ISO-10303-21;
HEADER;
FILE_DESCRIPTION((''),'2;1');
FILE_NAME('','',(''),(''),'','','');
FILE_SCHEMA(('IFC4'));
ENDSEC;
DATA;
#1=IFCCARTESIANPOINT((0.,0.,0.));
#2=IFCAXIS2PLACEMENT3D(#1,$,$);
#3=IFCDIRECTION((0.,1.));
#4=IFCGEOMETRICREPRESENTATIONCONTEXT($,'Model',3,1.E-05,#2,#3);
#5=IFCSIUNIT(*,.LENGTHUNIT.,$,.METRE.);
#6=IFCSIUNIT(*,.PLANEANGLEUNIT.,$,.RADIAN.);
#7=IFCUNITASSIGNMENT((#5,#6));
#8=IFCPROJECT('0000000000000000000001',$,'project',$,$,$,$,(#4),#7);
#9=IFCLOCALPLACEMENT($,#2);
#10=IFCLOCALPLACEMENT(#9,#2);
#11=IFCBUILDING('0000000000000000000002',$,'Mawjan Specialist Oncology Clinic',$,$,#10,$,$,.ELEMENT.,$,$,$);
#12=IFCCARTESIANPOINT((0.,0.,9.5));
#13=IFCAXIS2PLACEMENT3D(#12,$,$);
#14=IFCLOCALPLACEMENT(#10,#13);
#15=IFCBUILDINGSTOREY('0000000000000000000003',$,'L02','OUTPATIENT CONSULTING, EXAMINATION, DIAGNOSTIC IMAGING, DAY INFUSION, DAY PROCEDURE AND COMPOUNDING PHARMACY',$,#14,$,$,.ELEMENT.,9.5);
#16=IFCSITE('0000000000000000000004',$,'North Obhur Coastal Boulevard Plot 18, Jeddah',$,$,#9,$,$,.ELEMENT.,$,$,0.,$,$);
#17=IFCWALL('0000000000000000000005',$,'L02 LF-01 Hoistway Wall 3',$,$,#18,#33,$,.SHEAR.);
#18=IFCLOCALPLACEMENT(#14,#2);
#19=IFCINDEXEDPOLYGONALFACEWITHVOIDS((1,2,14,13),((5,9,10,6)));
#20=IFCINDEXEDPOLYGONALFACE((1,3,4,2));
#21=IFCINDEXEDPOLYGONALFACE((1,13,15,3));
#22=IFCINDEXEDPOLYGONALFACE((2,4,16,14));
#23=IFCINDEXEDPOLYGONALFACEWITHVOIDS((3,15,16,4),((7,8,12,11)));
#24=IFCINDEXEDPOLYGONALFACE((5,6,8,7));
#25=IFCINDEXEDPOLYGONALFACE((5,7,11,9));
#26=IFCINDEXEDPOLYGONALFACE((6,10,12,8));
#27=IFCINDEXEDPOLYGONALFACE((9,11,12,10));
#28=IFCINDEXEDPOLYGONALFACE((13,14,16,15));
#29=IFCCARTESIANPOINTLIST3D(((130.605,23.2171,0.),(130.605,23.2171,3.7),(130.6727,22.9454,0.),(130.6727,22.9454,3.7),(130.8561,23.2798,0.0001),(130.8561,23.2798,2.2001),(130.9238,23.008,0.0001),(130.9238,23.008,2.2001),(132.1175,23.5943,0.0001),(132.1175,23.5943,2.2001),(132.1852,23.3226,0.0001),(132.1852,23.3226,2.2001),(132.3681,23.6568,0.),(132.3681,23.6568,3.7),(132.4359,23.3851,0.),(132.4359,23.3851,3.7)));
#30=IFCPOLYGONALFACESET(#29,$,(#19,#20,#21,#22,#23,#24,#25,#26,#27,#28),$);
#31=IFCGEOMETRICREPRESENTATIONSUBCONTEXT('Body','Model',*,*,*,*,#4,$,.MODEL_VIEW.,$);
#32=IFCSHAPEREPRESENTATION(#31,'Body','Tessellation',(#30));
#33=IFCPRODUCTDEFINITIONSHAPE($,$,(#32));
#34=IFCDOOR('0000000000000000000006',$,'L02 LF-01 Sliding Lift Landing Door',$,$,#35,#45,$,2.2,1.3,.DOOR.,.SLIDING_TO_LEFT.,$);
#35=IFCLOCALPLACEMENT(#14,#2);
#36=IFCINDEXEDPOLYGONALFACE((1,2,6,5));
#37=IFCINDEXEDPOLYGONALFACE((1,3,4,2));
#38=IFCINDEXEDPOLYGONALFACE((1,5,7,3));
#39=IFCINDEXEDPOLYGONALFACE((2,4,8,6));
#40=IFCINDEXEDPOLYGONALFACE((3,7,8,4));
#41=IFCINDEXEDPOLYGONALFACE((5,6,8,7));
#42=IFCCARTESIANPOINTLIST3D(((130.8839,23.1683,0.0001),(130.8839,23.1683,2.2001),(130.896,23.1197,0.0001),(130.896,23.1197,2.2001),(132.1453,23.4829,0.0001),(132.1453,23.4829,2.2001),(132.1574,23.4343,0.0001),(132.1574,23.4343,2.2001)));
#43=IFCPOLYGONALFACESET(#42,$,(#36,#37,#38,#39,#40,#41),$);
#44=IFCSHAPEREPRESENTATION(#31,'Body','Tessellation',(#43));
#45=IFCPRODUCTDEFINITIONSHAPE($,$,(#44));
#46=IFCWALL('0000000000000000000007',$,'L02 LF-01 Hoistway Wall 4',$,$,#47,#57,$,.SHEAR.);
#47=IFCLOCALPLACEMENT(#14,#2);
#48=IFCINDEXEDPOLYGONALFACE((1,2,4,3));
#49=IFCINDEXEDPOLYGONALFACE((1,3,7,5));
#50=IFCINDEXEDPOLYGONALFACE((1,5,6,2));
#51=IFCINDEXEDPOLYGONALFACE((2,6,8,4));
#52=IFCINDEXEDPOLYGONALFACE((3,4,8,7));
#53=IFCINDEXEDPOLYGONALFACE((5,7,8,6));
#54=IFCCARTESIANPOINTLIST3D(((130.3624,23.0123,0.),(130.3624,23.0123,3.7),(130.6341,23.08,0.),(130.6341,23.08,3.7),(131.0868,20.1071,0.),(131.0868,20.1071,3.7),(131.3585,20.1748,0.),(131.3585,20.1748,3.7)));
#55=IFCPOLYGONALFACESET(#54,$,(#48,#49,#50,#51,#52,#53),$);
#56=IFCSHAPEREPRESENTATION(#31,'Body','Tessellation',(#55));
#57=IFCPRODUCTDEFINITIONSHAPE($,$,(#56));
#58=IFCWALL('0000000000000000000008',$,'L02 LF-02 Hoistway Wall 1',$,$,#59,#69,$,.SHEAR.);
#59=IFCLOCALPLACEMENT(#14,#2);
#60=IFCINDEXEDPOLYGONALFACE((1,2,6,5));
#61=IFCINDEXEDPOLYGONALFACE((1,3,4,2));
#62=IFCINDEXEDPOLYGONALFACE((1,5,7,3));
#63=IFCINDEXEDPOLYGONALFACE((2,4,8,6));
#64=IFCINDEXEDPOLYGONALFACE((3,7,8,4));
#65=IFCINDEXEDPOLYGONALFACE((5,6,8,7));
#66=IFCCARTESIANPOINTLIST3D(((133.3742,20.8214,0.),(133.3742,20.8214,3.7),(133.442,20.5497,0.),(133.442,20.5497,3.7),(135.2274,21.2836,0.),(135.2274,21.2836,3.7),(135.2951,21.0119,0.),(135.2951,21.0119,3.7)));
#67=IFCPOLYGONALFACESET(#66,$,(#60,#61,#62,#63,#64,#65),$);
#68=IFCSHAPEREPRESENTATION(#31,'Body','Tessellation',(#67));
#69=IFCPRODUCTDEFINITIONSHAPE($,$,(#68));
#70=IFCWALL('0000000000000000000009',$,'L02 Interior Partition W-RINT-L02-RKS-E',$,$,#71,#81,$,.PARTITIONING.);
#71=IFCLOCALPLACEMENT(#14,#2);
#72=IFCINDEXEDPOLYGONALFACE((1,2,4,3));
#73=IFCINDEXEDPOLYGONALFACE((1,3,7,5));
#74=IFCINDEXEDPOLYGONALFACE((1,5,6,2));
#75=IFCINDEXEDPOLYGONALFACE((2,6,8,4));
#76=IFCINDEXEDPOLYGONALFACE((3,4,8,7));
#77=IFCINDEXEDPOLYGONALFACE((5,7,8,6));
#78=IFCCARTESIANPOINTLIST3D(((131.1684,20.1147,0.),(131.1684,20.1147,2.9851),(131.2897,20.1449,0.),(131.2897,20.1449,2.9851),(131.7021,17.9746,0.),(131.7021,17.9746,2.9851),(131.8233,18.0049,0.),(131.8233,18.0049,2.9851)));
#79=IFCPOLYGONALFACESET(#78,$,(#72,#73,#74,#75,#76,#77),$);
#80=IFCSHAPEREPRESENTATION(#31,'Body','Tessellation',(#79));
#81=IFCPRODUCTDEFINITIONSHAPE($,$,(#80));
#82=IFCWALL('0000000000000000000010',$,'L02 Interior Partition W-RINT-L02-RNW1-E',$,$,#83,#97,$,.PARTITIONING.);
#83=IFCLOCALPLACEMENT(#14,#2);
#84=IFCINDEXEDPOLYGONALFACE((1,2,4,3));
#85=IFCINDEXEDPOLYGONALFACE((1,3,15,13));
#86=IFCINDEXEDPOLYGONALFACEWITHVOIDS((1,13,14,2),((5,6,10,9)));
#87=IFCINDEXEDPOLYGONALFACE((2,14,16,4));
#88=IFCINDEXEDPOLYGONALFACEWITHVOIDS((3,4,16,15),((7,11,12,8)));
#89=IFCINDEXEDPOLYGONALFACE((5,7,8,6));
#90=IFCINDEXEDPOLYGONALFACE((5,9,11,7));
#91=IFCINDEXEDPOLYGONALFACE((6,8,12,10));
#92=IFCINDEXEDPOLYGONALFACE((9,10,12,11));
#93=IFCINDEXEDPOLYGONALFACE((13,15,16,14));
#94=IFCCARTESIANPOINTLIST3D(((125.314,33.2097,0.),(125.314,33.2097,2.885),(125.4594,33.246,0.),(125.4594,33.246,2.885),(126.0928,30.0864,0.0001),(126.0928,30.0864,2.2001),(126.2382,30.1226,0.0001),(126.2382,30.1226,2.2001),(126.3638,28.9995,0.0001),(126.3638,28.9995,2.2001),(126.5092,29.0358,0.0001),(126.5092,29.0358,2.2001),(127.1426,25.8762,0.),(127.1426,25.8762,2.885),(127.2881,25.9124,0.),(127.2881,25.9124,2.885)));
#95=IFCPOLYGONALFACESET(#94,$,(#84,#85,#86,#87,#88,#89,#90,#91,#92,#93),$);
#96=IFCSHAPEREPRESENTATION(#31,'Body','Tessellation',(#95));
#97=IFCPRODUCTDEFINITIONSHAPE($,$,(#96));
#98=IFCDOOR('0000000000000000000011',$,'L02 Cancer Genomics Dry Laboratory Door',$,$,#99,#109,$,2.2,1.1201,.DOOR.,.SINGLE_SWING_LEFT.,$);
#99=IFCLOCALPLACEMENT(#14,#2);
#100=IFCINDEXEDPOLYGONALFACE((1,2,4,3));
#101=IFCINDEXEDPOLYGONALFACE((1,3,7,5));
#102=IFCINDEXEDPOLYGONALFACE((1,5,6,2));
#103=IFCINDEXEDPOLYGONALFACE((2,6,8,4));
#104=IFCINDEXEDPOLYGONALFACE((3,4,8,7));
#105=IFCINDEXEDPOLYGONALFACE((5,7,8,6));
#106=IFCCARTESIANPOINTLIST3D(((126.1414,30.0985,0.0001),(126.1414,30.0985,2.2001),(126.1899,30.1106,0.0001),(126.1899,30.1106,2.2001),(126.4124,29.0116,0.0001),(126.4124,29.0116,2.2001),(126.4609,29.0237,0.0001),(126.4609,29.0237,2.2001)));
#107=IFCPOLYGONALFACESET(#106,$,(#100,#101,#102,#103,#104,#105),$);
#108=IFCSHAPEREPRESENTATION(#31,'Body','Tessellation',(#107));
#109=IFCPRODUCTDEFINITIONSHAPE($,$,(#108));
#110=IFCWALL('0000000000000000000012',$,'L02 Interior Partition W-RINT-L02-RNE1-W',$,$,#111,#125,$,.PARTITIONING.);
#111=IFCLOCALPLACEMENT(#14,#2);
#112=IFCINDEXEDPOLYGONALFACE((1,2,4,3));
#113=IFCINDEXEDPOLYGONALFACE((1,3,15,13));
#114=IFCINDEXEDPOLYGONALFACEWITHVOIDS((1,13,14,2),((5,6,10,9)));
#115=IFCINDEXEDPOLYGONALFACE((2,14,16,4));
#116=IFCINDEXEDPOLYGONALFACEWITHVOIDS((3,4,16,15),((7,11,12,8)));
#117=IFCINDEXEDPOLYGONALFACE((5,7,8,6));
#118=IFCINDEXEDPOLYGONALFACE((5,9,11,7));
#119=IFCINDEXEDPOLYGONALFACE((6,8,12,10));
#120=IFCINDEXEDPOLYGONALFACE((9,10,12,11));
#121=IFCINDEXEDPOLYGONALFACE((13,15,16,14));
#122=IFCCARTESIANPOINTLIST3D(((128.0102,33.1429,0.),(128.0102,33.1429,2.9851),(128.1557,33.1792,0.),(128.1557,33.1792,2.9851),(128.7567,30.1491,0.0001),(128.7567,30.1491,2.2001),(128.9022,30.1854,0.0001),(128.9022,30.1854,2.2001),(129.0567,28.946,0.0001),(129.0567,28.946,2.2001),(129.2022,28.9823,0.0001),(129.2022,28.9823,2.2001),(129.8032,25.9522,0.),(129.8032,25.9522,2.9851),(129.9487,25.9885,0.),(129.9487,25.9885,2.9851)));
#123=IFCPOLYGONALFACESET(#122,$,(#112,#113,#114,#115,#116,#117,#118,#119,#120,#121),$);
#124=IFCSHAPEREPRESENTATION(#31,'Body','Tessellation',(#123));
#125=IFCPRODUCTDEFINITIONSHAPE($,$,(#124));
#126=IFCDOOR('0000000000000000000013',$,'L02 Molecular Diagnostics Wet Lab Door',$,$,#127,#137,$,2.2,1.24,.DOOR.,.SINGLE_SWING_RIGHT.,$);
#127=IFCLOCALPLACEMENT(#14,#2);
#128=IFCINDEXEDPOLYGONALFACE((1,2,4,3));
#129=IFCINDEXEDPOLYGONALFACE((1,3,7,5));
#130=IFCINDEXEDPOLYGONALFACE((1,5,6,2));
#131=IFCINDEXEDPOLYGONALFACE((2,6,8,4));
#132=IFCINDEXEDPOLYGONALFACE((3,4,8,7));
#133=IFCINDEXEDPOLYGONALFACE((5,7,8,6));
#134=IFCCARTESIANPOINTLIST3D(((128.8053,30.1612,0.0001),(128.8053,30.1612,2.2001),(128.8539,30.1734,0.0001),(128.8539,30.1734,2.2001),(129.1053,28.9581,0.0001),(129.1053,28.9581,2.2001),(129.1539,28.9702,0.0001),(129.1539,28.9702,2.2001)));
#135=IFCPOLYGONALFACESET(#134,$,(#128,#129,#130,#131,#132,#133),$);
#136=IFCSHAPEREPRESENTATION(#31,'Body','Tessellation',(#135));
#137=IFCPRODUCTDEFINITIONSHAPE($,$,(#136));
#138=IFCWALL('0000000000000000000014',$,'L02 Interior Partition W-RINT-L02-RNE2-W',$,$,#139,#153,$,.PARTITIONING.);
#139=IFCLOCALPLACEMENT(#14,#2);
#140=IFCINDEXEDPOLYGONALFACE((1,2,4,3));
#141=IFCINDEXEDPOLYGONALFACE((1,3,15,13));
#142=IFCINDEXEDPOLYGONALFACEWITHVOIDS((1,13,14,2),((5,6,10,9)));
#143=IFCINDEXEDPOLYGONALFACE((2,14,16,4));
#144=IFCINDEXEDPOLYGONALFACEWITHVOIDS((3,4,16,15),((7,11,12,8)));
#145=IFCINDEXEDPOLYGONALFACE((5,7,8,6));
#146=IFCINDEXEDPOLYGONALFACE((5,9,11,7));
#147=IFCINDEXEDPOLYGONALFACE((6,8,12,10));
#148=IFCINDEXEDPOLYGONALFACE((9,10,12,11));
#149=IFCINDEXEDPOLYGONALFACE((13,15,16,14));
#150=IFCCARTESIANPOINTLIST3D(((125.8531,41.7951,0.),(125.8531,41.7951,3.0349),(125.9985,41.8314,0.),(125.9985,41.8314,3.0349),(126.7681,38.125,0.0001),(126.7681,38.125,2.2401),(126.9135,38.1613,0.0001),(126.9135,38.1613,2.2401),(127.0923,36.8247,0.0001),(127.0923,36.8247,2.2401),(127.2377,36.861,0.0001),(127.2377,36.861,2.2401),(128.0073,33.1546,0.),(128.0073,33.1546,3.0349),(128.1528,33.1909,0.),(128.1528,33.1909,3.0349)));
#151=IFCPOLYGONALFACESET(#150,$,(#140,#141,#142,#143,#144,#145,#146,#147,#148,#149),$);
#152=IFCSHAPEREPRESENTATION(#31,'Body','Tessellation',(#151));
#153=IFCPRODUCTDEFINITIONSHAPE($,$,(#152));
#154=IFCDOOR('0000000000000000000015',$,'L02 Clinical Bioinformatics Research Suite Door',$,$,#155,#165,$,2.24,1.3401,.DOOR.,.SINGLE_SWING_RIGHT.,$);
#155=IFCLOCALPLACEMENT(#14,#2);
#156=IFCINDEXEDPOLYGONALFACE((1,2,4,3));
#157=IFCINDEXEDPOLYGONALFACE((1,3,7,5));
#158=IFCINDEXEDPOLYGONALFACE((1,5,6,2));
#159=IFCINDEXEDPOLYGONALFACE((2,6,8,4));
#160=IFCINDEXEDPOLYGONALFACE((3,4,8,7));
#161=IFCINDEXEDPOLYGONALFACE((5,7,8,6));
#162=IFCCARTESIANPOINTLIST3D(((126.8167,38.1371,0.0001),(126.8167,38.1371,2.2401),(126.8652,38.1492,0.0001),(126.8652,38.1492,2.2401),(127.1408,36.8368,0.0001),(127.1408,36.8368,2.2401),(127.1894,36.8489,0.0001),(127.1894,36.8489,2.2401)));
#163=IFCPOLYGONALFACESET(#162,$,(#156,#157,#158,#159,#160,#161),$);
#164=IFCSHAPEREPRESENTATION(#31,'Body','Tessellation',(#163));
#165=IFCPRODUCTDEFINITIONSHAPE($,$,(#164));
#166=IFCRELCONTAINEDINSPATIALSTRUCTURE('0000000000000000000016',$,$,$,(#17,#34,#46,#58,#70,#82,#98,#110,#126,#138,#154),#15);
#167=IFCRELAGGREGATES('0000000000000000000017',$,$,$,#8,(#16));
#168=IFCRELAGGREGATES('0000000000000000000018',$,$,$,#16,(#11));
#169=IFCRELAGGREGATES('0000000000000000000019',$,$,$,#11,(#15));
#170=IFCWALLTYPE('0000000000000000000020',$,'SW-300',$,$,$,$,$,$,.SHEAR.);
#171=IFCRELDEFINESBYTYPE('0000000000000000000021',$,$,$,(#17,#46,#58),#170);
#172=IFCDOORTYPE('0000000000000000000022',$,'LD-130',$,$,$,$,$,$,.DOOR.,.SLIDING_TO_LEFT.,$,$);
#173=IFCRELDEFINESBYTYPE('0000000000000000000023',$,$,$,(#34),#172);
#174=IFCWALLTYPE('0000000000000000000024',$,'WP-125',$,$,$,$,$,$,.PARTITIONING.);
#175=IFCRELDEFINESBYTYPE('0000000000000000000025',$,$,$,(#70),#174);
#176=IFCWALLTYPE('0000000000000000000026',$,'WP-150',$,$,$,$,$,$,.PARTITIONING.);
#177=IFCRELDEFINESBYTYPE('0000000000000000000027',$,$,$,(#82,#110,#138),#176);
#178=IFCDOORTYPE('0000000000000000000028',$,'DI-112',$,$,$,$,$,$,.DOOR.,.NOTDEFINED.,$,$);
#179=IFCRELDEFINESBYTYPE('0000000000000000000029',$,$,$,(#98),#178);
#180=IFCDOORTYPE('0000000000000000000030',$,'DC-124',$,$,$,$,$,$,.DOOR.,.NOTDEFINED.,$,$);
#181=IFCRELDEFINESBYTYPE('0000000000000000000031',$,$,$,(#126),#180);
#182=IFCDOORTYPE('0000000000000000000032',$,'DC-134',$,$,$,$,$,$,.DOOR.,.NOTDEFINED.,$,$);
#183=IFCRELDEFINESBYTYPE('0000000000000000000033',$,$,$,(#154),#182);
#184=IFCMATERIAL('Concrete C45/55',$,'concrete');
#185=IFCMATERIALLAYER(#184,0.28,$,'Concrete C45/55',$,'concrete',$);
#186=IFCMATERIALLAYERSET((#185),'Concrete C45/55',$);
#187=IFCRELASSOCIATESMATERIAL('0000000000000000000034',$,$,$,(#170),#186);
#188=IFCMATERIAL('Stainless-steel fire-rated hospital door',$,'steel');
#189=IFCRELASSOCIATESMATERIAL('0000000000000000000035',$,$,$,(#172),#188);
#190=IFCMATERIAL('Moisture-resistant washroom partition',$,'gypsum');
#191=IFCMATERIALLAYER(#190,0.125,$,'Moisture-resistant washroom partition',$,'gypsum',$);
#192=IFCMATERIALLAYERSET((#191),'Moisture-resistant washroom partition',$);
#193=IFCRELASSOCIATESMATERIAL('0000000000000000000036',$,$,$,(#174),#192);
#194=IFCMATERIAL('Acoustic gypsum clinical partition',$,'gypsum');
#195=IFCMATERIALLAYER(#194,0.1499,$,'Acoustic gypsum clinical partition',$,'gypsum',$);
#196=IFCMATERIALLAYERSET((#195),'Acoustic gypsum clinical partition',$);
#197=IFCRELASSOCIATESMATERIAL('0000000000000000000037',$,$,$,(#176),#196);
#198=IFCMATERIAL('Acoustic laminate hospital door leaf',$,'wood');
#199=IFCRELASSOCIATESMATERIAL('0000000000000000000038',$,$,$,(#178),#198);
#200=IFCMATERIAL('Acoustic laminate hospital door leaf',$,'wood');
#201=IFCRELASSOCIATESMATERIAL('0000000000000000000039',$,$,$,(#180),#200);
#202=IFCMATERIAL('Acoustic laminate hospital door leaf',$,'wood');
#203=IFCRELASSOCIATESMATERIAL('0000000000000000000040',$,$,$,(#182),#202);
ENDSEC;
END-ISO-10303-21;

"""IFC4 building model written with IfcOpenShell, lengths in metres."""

from ifc_helpers import new_model, si_unit, direction, frame, frame_2d, origin, place, context, subcontext, project, spatial, rectangle, extrude, material, layer, layer_set, type_object, element, fill, save


model = new_model("IFC4")

# Units and contexts
model_context = context("Model", 3, precision=1e-05, world=origin(), true_north=direction((0.0, 1.0)))
body_context = subcontext(model_context, "Body", "Model", "MODEL_VIEW")
ifc_project = project(units=[si_unit("LENGTHUNIT", "METRE"), si_unit("PLANEANGLEUNIT", "RADIAN")], contexts=[model_context])

# Site, building, storey
site_placement = place(None, origin())
site = spatial("IfcSite", under=ifc_project, at=site_placement, Name="North Obhur Coastal Boulevard Plot 18, Jeddah", CompositionType="ELEMENT", RefElevation=0.0)
building_placement = place(site_placement, origin())
building = spatial("IfcBuilding", under=site, at=building_placement, Name="Mawjan Specialist Oncology Clinic", CompositionType="ELEMENT")
storey_placement = place(building_placement, frame((0.0, 0.0, 9.5)))
storey = spatial("IfcBuildingStorey", under=building, at=storey_placement, Name="L02", Description="OUTPATIENT CONSULTING, EXAMINATION, DIAGNOSTIC IMAGING, DAY INFUSION, DAY PROCEDURE AND COMPOUNDING PHARMACY", CompositionType="ELEMENT", Elevation=9.5)

# Shared definitions
ifc_material_1 = material(Name="Concrete C45/55", Category="concrete")
ifc_layer_1 = layer(ifc_material_1, 0.28, Name="Concrete C45/55", Category="concrete")
ifc_layer_set_1 = layer_set([ifc_layer_1], Name="Concrete C45/55")
wall_type_1 = type_object("IfcWallType", Name="SW-300", PredefinedType="SHEAR", material=ifc_layer_set_1)

# Wall, opening, door
wall_1_placement = place(storey_placement, frame((132.4021, 23.521, 0.0), z_axis=(0.0, 0.0, 1.0), x_axis=(-0.970285, -0.241967, 0.0)))
wall_1 = element("IfcWall", 1, at=wall_1_placement, inside=storey, type_object=wall_type_1, Name="L02 LF-01 Hoistway Wall 3", PredefinedType="SHEAR", context=body_context, shape_type="SweptSolid", body=[
    extrude(rectangle(XDim=1.8171, YDim=0.28, at=frame_2d((0.9087, 0.0))), origin(), (0.0, 0.0, 1.0), 3.7),
])
opening_1_placement = place(wall_1_placement, frame((0.2585, 0.0, 0.0)))
opening_1 = element("IfcOpeningElement", 2, at=opening_1_placement, cuts=wall_1, PredefinedType="OPENING", context=body_context, shape_type="SweptSolid", body=[
    extrude(rectangle(XDim=1.3, YDim=2.2, at=frame_2d((0.6499, 1.1001))), frame((0.0, 0.1521, 0.0), z_axis=(0.0, -1.0, 0.0), x_axis=(1.0, 0.0, 0.0)), (0.0, 0.0, 1.0), 0.304),
])
ifc_material_2 = material(Name="Stainless-steel fire-rated hospital door", Category="steel")
door_type_1 = type_object("IfcDoorType", Name="LD-130", OperationType="SLIDING_TO_LEFT", PredefinedType="DOOR", material=ifc_material_2)
door_1_placement = place(opening_1_placement, origin())
door_1 = element("IfcDoor", 3, at=door_1_placement, inside=storey, type_object=door_type_1, Name="L02 LF-01 Sliding Lift Landing Door", OperationType="SLIDING_TO_LEFT", OverallHeight=2.2, OverallWidth=1.3, PredefinedType="DOOR", context=body_context, shape_type="SweptSolid", body=[
    extrude(rectangle(XDim=1.3, YDim=2.2, at=frame_2d((0.6499, 1.1001))), frame((0.0, 0.0249, 0.0), z_axis=(0.0, -1.0, 0.0), x_axis=(1.0, 0.0, 0.0)), (0.0, 0.0, 1.0), 0.05),
])
fill(opening_1, door_1)

# Walls
wall_2_placement = place(storey_placement, frame((130.4983, 23.0461, 0.0), z_axis=(0.0, 0.0, 1.0), x_axis=(0.241922, -0.970296, 0.0)))
element("IfcWall", 4, at=wall_2_placement, inside=storey, type_object=wall_type_1, Name="L02 LF-01 Hoistway Wall 4", PredefinedType="SHEAR", context=body_context, shape_type="SweptSolid", body=[
    extrude(rectangle(XDim=2.9941, YDim=0.28, at=frame_2d((1.4971, 0.0))), origin(), (0.0, 0.0, 1.0), 3.7),
])
wall_3_placement = place(storey_placement, frame((133.408, 20.6855, 0.0), z_axis=(0.0, 0.0, 1.0), x_axis=(0.970285, 0.241964, 0.0)))
element("IfcWall", 5, at=wall_3_placement, inside=storey, type_object=wall_type_1, Name="L02 LF-02 Hoistway Wall 1", PredefinedType="SHEAR", context=body_context, shape_type="SweptSolid", body=[
    extrude(rectangle(XDim=1.9099, YDim=0.28, at=frame_2d((0.9551, 0.0))), origin(), (0.0, 0.0, 1.0), 3.7),
])
ifc_material_3 = material(Name="Moisture-resistant washroom partition", Category="gypsum")
ifc_layer_2 = layer(ifc_material_3, 0.125, Name="Moisture-resistant washroom partition", Category="gypsum")
ifc_layer_set_2 = layer_set([ifc_layer_2], Name="Moisture-resistant washroom partition")
wall_type_2 = type_object("IfcWallType", Name="WP-125", PredefinedType="PARTITIONING", material=ifc_layer_set_2)
wall_4_placement = place(storey_placement, frame((131.7627, 17.9897, 0.0), z_axis=(0.0, 0.0, 1.0), x_axis=(-0.241963, 0.970286, 0.0)))
element("IfcWall", 6, at=wall_4_placement, inside=storey, type_object=wall_type_2, Name="L02 Interior Partition W-RINT-L02-RKS-E", PredefinedType="PARTITIONING", context=body_context, shape_type="SweptSolid", body=[
    extrude(rectangle(XDim=2.2056, YDim=0.125, at=frame_2d((1.1028, 0.0))), origin(), (0.0, 0.0, 1.0), 2.9851),
])

# Walls, openings, doors
ifc_material_4 = material(Name="Acoustic gypsum clinical partition", Category="gypsum")
ifc_layer_3 = layer(ifc_material_4, 0.1499, Name="Acoustic gypsum clinical partition", Category="gypsum")
ifc_layer_set_3 = layer_set([ifc_layer_3], Name="Acoustic gypsum clinical partition")
wall_type_3 = type_object("IfcWallType", Name="WP-150", PredefinedType="PARTITIONING", material=ifc_layer_set_3)
wall_5_placement = place(storey_placement, frame((127.2153, 25.8943, 0.0), z_axis=(0.0, 0.0, 1.0), x_axis=(-0.241943, 0.970291, 0.0)))
wall_5 = element("IfcWall", 7, at=wall_5_placement, inside=storey, type_object=wall_type_3, Name="L02 Interior Partition W-RINT-L02-RNW1-E", PredefinedType="PARTITIONING", context=body_context, shape_type="SweptSolid", body=[
    extrude(rectangle(XDim=7.5581, YDim=0.1499, at=frame_2d((3.7791, 0.0))), origin(), (0.0, 0.0, 1.0), 2.885),
])
opening_2_placement = place(wall_5_placement, frame((3.219, 0.0, 0.0)))
opening_2 = element("IfcOpeningElement", 8, at=opening_2_placement, cuts=wall_5, PredefinedType="OPENING", context=body_context, shape_type="SweptSolid", body=[
    extrude(rectangle(XDim=1.1201, YDim=2.2, at=frame_2d((0.5601, 1.1001))), frame((0.0, 0.0869, 0.0), z_axis=(0.0, -1.0, 0.0), x_axis=(1.0, 0.0, 0.0)), (0.0, 0.0, 1.0), 0.1738),
])
ifc_material_5 = material(Name="Acoustic laminate hospital door leaf", Category="wood")
door_type_2 = type_object("IfcDoorType", Name="DI-112", OperationType="NOTDEFINED", PredefinedType="DOOR", material=ifc_material_5)
door_2_placement = place(opening_2_placement, origin())
door_2 = element("IfcDoor", 9, at=door_2_placement, inside=storey, type_object=door_type_2, Name="L02 Cancer Genomics Dry Laboratory Door", OperationType="SINGLE_SWING_LEFT", OverallHeight=2.2, OverallWidth=1.1201, PredefinedType="DOOR", context=body_context, shape_type="SweptSolid", body=[
    extrude(rectangle(XDim=1.1201, YDim=2.2, at=frame_2d((0.5601, 1.1001))), frame((0.0, 0.0249, 0.0), z_axis=(0.0, -1.0, 0.0), x_axis=(1.0, 0.0, 0.0)), (0.0, 0.0, 1.0), 0.05),
])
fill(opening_2, door_2)
wall_6_placement = place(storey_placement, frame((129.876, 25.9702, 0.0), z_axis=(0.0, 0.0, 1.0), x_axis=(-0.241939, 0.970292, 0.0)))
wall_6 = element("IfcWall", 10, at=wall_6_placement, inside=storey, type_object=wall_type_3, Name="L02 Interior Partition W-RINT-L02-RNE1-W", PredefinedType="PARTITIONING", context=body_context, shape_type="SweptSolid", body=[
    extrude(rectangle(XDim=7.4109, YDim=0.1499, at=frame_2d((3.7056, 0.0))), origin(), (0.0, 0.0, 1.0), 2.9851),
])
opening_3_placement = place(wall_6_placement, frame((3.0854, 0.0, 0.0)))
opening_3 = element("IfcOpeningElement", 11, at=opening_3_placement, cuts=wall_6, PredefinedType="OPENING", context=body_context, shape_type="SweptSolid", body=[
    extrude(rectangle(XDim=1.24, YDim=2.2, at=frame_2d((0.6201, 1.1001))), frame((0.0, 0.0869, 0.0), z_axis=(0.0, -1.0, 0.0), x_axis=(1.0, 0.0, 0.0)), (0.0, 0.0, 1.0), 0.1738),
])
ifc_material_6 = material(Name="Acoustic laminate hospital door leaf", Category="wood")
door_type_3 = type_object("IfcDoorType", Name="DC-124", OperationType="NOTDEFINED", PredefinedType="DOOR", material=ifc_material_6)
door_3_placement = place(opening_3_placement, origin())
door_3 = element("IfcDoor", 12, at=door_3_placement, inside=storey, type_object=door_type_3, Name="L02 Molecular Diagnostics Wet Lab Door", OperationType="SINGLE_SWING_RIGHT", OverallHeight=2.2, OverallWidth=1.24, PredefinedType="DOOR", context=body_context, shape_type="SweptSolid", body=[
    extrude(rectangle(XDim=1.24, YDim=2.2, at=frame_2d((0.6201, 1.1001))), frame((0.0, 0.0249, 0.0), z_axis=(0.0, -1.0, 0.0), x_axis=(1.0, 0.0, 0.0)), (0.0, 0.0, 1.0), 0.05),
])
fill(opening_3, door_3)
wall_7_placement = place(storey_placement, frame((128.0801, 33.1726, 0.0), z_axis=(0.0, 0.0, 1.0), x_axis=(-0.241916, 0.970297, 0.0)))
wall_7 = element("IfcWall", 13, at=wall_7_placement, inside=storey, type_object=wall_type_3, Name="L02 Interior Partition W-RINT-L02-RNE2-W", PredefinedType="PARTITIONING", context=body_context, shape_type="SweptSolid", body=[
    extrude(rectangle(XDim=8.905, YDim=0.1499, at=frame_2d((4.4526, 0.0))), origin(), (0.0, 0.0, 1.0), 3.0349),
])
opening_4_placement = place(wall_7_placement, frame((3.7827, 0.0, 0.0)))
opening_4 = element("IfcOpeningElement", 14, at=opening_4_placement, cuts=wall_7, PredefinedType="OPENING", context=body_context, shape_type="SweptSolid", body=[
    extrude(rectangle(XDim=1.3401, YDim=2.24, at=frame_2d((0.6699, 1.1201))), frame((0.0, 0.0869, 0.0), z_axis=(0.0, -1.0, 0.0), x_axis=(1.0, 0.0, 0.0)), (0.0, 0.0, 1.0), 0.1738),
])
ifc_material_7 = material(Name="Acoustic laminate hospital door leaf", Category="wood")
door_type_4 = type_object("IfcDoorType", Name="DC-134", OperationType="NOTDEFINED", PredefinedType="DOOR", material=ifc_material_7)
door_4_placement = place(opening_4_placement, origin())
door_4 = element("IfcDoor", 15, at=door_4_placement, inside=storey, type_object=door_type_4, Name="L02 Clinical Bioinformatics Research Suite Door", OperationType="SINGLE_SWING_RIGHT", OverallHeight=2.24, OverallWidth=1.3401, PredefinedType="DOOR", context=body_context, shape_type="SweptSolid", body=[
    extrude(rectangle(XDim=1.3401, YDim=2.24, at=frame_2d((0.6699, 1.1201))), frame((0.0, 0.0249, 0.0), z_axis=(0.0, -1.0, 0.0), x_axis=(1.0, 0.0, 0.0)), (0.0, 0.0, 1.0), 0.05),
])
fill(opening_4, door_4)

save(model, "model.ifc")
